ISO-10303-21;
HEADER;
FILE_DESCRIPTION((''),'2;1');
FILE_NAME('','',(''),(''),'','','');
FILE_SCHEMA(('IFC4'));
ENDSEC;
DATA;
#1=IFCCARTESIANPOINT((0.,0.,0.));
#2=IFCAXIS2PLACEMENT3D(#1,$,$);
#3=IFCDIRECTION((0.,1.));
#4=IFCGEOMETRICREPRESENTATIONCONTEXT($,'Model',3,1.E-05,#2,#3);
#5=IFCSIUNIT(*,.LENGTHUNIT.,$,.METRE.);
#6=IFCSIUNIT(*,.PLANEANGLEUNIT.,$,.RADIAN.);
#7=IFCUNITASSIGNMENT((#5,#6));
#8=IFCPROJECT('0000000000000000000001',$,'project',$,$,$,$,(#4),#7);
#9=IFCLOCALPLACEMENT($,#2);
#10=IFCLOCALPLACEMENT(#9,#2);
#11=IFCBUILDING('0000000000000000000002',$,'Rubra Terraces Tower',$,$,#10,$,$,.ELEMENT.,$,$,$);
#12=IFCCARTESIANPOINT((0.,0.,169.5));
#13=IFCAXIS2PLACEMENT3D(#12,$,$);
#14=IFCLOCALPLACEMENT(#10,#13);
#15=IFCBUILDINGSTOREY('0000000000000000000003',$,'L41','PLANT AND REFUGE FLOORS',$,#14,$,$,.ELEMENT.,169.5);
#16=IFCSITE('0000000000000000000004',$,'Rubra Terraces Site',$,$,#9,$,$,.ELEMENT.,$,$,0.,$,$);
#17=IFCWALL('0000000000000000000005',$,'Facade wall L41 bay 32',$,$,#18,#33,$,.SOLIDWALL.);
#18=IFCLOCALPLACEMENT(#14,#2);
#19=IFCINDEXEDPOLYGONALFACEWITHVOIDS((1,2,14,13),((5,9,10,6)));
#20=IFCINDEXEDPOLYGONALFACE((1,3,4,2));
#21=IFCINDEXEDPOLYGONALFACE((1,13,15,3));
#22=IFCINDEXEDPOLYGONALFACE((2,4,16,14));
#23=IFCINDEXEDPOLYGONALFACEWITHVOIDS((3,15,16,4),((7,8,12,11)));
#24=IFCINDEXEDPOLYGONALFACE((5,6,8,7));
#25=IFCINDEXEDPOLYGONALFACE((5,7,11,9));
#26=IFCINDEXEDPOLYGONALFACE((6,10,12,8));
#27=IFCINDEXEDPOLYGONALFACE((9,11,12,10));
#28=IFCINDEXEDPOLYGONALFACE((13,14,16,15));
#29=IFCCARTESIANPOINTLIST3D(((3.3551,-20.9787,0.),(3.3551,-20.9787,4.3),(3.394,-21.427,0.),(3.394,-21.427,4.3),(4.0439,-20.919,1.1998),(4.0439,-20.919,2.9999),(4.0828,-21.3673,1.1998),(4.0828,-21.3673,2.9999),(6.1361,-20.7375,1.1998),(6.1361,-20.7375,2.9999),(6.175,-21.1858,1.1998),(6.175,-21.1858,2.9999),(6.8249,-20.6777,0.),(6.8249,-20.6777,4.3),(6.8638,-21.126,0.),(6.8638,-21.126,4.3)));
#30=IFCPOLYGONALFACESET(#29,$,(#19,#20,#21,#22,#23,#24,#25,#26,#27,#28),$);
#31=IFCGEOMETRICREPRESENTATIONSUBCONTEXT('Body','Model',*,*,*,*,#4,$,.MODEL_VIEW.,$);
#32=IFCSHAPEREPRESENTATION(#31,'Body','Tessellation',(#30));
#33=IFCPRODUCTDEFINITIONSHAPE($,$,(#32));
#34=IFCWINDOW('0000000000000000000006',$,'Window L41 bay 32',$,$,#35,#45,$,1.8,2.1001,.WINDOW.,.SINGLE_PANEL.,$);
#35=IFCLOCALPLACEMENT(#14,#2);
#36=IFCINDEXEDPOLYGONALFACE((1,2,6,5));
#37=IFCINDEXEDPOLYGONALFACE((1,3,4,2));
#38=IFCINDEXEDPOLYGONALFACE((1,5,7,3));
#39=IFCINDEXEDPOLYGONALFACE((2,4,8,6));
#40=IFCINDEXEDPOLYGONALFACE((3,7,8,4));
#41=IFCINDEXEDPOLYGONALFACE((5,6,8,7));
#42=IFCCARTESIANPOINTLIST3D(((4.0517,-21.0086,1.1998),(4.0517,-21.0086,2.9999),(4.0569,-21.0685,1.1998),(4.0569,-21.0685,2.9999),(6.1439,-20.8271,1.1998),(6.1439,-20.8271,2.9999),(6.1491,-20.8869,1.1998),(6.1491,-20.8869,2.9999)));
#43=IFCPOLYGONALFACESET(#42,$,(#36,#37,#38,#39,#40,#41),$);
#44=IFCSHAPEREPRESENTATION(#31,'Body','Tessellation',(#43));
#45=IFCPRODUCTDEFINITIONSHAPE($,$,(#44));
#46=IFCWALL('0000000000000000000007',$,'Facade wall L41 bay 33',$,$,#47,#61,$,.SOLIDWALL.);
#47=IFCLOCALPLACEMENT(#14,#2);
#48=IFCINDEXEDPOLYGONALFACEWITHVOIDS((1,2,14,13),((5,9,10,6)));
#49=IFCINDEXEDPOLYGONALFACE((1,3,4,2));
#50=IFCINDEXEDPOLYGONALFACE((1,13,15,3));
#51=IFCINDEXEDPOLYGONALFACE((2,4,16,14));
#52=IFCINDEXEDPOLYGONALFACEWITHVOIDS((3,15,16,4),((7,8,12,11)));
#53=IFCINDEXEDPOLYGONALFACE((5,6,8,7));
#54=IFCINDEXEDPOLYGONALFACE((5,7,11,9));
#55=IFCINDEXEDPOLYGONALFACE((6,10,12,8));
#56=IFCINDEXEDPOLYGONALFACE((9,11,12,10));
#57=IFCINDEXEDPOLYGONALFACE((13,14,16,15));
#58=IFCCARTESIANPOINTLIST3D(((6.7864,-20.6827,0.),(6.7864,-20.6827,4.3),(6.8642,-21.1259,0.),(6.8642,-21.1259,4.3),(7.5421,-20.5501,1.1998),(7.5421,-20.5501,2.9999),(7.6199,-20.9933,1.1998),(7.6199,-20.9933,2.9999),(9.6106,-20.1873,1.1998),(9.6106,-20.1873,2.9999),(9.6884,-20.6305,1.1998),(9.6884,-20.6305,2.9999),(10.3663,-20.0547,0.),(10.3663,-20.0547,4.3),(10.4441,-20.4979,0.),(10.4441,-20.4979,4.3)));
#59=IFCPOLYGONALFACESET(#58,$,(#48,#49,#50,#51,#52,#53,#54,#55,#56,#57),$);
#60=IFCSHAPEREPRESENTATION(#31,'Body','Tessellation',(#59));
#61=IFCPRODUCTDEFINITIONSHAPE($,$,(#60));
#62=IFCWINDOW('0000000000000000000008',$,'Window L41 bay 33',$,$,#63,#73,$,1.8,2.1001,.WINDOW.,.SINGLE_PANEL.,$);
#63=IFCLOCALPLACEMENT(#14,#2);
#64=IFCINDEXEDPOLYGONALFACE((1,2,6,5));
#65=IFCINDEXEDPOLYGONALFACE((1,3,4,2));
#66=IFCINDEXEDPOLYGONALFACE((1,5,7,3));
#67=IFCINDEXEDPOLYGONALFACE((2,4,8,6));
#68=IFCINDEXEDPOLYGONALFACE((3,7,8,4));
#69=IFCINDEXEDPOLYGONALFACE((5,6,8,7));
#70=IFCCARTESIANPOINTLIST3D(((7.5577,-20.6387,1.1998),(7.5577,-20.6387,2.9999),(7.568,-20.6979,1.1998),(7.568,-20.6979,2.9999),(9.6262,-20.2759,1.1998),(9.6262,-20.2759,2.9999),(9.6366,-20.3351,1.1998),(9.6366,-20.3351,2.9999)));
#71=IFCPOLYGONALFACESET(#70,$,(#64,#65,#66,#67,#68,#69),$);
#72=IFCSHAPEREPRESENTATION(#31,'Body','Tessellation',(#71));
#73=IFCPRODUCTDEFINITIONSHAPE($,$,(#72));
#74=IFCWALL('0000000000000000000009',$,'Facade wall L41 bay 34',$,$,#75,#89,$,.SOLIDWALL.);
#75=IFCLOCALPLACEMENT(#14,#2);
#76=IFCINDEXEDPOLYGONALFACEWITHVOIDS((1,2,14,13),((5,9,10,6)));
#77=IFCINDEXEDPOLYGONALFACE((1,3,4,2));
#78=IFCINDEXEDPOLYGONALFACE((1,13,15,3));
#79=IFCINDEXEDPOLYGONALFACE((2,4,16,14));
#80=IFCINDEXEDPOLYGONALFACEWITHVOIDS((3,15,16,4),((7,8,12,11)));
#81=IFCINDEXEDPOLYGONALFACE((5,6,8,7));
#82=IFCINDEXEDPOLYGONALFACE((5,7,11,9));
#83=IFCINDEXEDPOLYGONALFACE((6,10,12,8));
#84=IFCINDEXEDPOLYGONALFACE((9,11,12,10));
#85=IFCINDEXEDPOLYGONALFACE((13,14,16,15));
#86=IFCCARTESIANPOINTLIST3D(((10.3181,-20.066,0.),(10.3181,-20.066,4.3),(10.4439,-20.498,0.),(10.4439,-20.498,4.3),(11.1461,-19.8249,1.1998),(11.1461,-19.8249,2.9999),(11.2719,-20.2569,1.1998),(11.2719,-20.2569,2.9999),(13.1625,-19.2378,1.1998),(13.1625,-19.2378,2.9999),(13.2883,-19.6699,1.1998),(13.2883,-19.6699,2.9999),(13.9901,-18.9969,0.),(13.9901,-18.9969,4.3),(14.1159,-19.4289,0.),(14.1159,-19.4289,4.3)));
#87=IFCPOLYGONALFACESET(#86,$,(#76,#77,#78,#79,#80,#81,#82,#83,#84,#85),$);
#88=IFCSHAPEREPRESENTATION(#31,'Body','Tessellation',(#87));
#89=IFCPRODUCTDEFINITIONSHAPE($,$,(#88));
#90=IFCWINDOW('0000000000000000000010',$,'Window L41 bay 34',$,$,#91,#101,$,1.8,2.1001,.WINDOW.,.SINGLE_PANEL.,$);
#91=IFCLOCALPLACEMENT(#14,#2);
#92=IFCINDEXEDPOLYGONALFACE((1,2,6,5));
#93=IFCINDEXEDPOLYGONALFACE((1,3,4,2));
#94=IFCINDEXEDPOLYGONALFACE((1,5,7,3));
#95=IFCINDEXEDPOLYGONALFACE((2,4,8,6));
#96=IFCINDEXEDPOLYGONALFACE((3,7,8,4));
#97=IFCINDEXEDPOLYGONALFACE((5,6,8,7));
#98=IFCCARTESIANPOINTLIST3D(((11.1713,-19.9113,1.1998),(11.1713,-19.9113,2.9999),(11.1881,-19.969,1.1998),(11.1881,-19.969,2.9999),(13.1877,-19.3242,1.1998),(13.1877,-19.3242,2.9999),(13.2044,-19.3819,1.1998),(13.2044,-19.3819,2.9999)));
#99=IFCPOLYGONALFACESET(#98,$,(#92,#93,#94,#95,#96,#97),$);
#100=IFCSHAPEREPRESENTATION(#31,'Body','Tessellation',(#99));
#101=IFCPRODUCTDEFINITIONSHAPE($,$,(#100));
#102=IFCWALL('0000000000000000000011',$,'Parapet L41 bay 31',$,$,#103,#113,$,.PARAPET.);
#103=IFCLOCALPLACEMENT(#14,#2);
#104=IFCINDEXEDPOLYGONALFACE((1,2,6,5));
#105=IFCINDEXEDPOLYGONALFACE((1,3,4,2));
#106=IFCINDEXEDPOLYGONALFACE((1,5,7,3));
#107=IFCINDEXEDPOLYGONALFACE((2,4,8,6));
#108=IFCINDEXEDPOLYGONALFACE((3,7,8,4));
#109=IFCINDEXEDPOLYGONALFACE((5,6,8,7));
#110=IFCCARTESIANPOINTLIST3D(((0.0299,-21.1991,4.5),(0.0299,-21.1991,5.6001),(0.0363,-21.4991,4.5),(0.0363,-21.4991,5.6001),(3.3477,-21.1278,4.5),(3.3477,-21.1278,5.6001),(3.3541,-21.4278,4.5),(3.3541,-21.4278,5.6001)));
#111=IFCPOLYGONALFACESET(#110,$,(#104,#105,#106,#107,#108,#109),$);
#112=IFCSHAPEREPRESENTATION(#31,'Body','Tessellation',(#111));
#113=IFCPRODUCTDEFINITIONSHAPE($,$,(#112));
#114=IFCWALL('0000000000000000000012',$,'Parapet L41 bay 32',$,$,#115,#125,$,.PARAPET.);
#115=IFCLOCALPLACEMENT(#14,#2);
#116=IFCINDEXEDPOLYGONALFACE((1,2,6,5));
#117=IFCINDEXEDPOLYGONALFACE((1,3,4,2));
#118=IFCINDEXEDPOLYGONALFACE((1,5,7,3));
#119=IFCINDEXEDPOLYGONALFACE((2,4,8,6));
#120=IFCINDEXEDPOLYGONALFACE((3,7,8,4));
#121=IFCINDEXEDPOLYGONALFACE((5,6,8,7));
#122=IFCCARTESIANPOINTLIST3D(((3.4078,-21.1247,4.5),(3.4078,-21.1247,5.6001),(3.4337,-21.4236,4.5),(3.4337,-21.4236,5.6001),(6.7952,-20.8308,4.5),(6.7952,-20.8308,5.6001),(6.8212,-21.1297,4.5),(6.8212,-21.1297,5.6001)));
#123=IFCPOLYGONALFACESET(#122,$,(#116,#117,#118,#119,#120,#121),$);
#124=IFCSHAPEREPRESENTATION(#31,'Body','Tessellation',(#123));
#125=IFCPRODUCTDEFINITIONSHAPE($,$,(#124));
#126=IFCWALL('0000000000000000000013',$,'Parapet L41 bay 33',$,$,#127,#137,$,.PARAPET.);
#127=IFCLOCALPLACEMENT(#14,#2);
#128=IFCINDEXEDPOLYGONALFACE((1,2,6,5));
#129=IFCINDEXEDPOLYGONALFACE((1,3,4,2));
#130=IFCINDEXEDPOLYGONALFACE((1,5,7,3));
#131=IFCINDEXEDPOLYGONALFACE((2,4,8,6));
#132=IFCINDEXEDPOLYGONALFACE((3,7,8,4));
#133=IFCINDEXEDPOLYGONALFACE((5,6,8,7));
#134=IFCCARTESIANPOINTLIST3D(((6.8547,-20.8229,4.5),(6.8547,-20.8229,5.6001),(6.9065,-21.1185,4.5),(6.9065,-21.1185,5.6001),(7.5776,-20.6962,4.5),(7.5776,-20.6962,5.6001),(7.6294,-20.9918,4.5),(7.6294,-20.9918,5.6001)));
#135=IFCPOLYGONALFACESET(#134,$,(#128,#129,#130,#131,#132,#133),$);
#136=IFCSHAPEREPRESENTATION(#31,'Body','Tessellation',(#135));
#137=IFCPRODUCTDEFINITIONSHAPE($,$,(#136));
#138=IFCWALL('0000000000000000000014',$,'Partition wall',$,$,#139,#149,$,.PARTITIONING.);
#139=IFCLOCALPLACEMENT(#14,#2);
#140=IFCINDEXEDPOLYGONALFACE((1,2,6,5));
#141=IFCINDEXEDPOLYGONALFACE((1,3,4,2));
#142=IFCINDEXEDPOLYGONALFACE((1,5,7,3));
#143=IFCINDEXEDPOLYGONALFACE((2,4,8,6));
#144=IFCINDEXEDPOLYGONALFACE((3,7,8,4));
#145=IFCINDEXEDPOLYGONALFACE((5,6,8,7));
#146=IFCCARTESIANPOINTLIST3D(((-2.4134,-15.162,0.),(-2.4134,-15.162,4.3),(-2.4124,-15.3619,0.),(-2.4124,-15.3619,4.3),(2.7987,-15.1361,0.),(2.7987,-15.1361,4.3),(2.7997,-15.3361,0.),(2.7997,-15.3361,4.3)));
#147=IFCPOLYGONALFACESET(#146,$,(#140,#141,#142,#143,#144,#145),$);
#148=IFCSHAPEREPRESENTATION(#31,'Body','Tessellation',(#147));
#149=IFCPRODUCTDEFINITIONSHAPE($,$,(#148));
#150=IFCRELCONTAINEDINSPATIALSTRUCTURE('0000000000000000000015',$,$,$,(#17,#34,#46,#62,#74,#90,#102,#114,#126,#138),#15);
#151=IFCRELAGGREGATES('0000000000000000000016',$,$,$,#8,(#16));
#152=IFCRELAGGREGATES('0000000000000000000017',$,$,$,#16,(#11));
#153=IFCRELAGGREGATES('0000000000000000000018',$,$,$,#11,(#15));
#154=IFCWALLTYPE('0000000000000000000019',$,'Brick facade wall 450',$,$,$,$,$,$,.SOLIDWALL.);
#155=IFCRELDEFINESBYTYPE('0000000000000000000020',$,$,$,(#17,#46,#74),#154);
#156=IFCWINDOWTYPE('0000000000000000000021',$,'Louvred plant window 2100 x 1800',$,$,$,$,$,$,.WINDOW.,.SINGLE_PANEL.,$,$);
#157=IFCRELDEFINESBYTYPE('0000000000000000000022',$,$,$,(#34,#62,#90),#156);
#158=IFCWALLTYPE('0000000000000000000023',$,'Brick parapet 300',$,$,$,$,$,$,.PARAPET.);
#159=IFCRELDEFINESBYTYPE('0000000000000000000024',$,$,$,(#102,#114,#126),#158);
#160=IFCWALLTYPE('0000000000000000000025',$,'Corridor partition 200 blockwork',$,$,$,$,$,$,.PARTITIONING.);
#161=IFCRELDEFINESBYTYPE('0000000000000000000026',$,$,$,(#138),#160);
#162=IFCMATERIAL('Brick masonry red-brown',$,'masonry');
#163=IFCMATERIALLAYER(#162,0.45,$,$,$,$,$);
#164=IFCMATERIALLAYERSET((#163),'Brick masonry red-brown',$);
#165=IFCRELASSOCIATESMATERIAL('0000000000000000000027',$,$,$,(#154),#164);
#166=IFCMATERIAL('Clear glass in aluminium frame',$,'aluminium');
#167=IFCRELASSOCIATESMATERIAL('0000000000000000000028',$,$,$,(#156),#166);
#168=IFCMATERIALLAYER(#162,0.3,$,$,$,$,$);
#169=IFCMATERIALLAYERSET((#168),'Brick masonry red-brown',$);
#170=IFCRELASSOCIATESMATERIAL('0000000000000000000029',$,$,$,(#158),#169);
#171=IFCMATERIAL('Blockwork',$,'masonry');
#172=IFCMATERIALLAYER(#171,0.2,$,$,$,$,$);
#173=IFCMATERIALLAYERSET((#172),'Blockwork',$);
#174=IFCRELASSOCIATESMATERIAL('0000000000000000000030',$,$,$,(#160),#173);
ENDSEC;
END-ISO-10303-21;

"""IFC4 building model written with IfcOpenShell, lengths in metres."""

from ifc_helpers import new_model, si_unit, direction, frame, frame_2d, origin, place, context, subcontext, project, spatial, rectangle, extrude, material, layer, layer_set, type_object, element, fill, save


model = new_model("IFC4")

# Units and contexts
model_context = context("Model", 3, precision=1e-05, world=origin(), true_north=direction((0.0, 1.0)))
body_context = subcontext(model_context, "Body", "Model", "MODEL_VIEW")
ifc_project = project(units=[si_unit("LENGTHUNIT", "METRE"), si_unit("PLANEANGLEUNIT", "RADIAN")], contexts=[model_context])

# Site, building, storey
site_placement = place(None, origin())
site = spatial("IfcSite", under=ifc_project, at=site_placement, Name="Rubra Terraces Site", CompositionType="ELEMENT", RefElevation=0.0)
building_placement = place(site_placement, origin())
building = spatial("IfcBuilding", under=site, at=building_placement, Name="Rubra Terraces Tower", CompositionType="ELEMENT")
storey_placement = place(building_placement, frame((0.0, 0.0, 169.5)))
storey = spatial("IfcBuildingStorey", under=building, at=storey_placement, Name="L41", Description="PLANT AND REFUGE FLOORS", CompositionType="ELEMENT", Elevation=169.5)

# Walls, openings, windows
ifc_material_1 = material(Name="Brick masonry red-brown", Category="masonry")
ifc_layer_1 = layer(ifc_material_1, 0.45)
ifc_layer_set_1 = layer_set([ifc_layer_1], Name="Brick masonry red-brown")
wall_type_1 = type_object("IfcWallType", Name="Brick facade wall 450", PredefinedType="SOLIDWALL", material=ifc_layer_set_1)
wall_1_placement = place(storey_placement, frame((3.3745, -21.2029, 0.0), z_axis=(0.0, 0.0, 1.0), x_axis=(0.996258, 0.086427, 0.0)))
wall_1 = element("IfcWall", 1, at=wall_1_placement, inside=storey, type_object=wall_type_1, Name="Facade wall L41 bay 32", PredefinedType="SOLIDWALL", context=body_context, shape_type="SweptSolid", body=[
    extrude(rectangle(XDim=3.4829, YDim=0.45, at=frame_2d((1.7415, 0.0))), origin(), (0.0, 0.0, 1.0), 4.3),
])
opening_1_placement = place(wall_1_placement, frame((0.6914, 0.0, 1.2)))
opening_1 = element("IfcOpeningElement", 2, at=opening_1_placement, cuts=wall_1, PredefinedType="OPENING", context=body_context, shape_type="SweptSolid", body=[
    extrude(rectangle(XDim=2.1001, YDim=1.8, at=frame_2d((1.05, 0.8999))), frame((0.0, 0.2349, 0.0), z_axis=(0.0, -1.0, 0.0), x_axis=(1.0, 0.0, 0.0)), (0.0, 0.0, 1.0), 0.47),
])
ifc_material_2 = material(Name="Clear glass in aluminium frame", Category="aluminium")
window_type = type_object("IfcWindowType", Name="Louvred plant window 2100 x 1800", PartitioningType="SINGLE_PANEL", PredefinedType="WINDOW", material=ifc_material_2)
window_1_placement = place(opening_1_placement, origin())
window_1 = element("IfcWindow", 3, at=window_1_placement, inside=storey, type_object=window_type, Name="Window L41 bay 32", OverallHeight=1.8, OverallWidth=2.1001, PartitioningType="SINGLE_PANEL", PredefinedType="WINDOW", context=body_context, shape_type="SweptSolid", body=[
    extrude(rectangle(XDim=2.1001, YDim=1.8, at=frame_2d((1.05, 0.8999))), frame((0.0, 0.135, 0.0), z_axis=(0.0, -1.0, 0.0), x_axis=(1.0, 0.0, 0.0)), (0.0, 0.0, 1.0), 0.0601),
])
fill(opening_1, window_1)
wall_2_placement = place(storey_placement, frame((6.8252, -20.9043, 0.0), z_axis=(0.0, 0.0, 1.0), x_axis=(0.984962, 0.17277, 0.0)))
wall_2 = element("IfcWall", 4, at=wall_2_placement, inside=storey, type_object=wall_type_1, Name="Facade wall L41 bay 33", PredefinedType="SOLIDWALL", context=body_context, shape_type="SweptSolid", body=[
    extrude(rectangle(XDim=3.6345, YDim=0.45, at=frame_2d((1.8174, 0.0))), origin(), (0.0, 0.0, 1.0), 4.3),
])
opening_2_placement = place(wall_2_placement, frame((0.7673, 0.0, 1.2)))
opening_2 = element("IfcOpeningElement", 5, at=opening_2_placement, cuts=wall_2, PredefinedType="OPENING", context=body_context, shape_type="SweptSolid", body=[
    extrude(rectangle(XDim=2.1001, YDim=1.8, at=frame_2d((1.05, 0.8999))), frame((0.0, 0.2349, 0.0), z_axis=(0.0, -1.0, 0.0), x_axis=(1.0, 0.0, 0.0)), (0.0, 0.0, 1.0), 0.47),
])
window_2_placement = place(opening_2_placement, origin())
window_2 = element("IfcWindow", 6, at=window_2_placement, inside=storey, type_object=window_type, Name="Window L41 bay 33", OverallHeight=1.8, OverallWidth=2.1001, PartitioningType="SINGLE_PANEL", PredefinedType="WINDOW", context=body_context, shape_type="SweptSolid", body=[
    extrude(rectangle(XDim=2.1001, YDim=1.8, at=frame_2d((1.05, 0.8999))), frame((0.0, 0.135, 0.0), z_axis=(0.0, -1.0, 0.0), x_axis=(1.0, 0.0, 0.0)), (0.0, 0.0, 1.0), 0.0601),
])
fill(opening_2, window_2)
wall_3_placement = place(storey_placement, frame((10.3811, -20.282, 0.0), z_axis=(0.0, 0.0, 1.0), x_axis=(0.960131, 0.279549, 0.0)))
wall_3 = element("IfcWall", 7, at=wall_3_placement, inside=storey, type_object=wall_type_1, Name="Facade wall L41 bay 34", PredefinedType="SOLIDWALL", context=body_context, shape_type="SweptSolid", body=[
    extrude(rectangle(XDim=3.8245, YDim=0.45, at=frame_2d((1.9121, 0.0))), origin(), (0.0, 0.0, 1.0), 4.3),
])
opening_3_placement = place(wall_3_placement, frame((0.8623, 0.0, 1.2)))
opening_3 = element("IfcOpeningElement", 8, at=opening_3_placement, cuts=wall_3, PredefinedType="OPENING", context=body_context, shape_type="SweptSolid", body=[
    extrude(rectangle(XDim=2.1001, YDim=1.8, at=frame_2d((1.05, 0.8999))), frame((0.0, 0.2349, 0.0), z_axis=(0.0, -1.0, 0.0), x_axis=(1.0, 0.0, 0.0)), (0.0, 0.0, 1.0), 0.47),
])
window_3_placement = place(opening_3_placement, origin())
window_3 = element("IfcWindow", 9, at=window_3_placement, inside=storey, type_object=window_type, Name="Window L41 bay 34", OverallHeight=1.8, OverallWidth=2.1001, PartitioningType="SINGLE_PANEL", PredefinedType="WINDOW", context=body_context, shape_type="SweptSolid", body=[
    extrude(rectangle(XDim=2.1001, YDim=1.8, at=frame_2d((1.05, 0.8999))), frame((0.0, 0.135, 0.0), z_axis=(0.0, -1.0, 0.0), x_axis=(1.0, 0.0, 0.0)), (0.0, 0.0, 1.0), 0.0601),
])
fill(opening_3, window_3)

# Walls
ifc_layer_2 = layer(ifc_material_1, 0.3)
ifc_layer_set_2 = layer_set([ifc_layer_2], Name="Brick masonry red-brown")
wall_type_2 = type_object("IfcWallType", Name="Brick parapet 300", PredefinedType="PARAPET", material=ifc_layer_set_2)
wall_4_placement = place(storey_placement, frame((0.0332, -21.3491, 4.5), z_axis=(0.0, 0.0, 1.0), x_axis=(0.999769, 0.021481, 0.0)))
element("IfcWall", 10, at=wall_4_placement, inside=storey, type_object=wall_type_2, Name="Parapet L41 bay 31", PredefinedType="PARAPET", context=body_context, shape_type="SweptSolid", body=[
    extrude(rectangle(XDim=3.3186, YDim=0.3, at=frame_2d((1.6592, 0.0))), origin(), (0.0, 0.0, 1.0), 1.1001),
])
wall_5_placement = place(storey_placement, frame((3.4207, -21.2742, 4.5), z_axis=(0.0, 0.0, 1.0), x_axis=(0.996256, 0.08645, 0.0)))
element("IfcWall", 11, at=wall_5_placement, inside=storey, type_object=wall_type_2, Name="Parapet L41 bay 32", PredefinedType="PARAPET", context=body_context, shape_type="SweptSolid", body=[
    extrude(rectangle(XDim=3.4001, YDim=0.3, at=frame_2d((1.7002, 0.0))), origin(), (0.0, 0.0, 1.0), 1.1001),
])
wall_6_placement = place(storey_placement, frame((6.8806, -20.9707, 4.5), z_axis=(0.0, 0.0, 1.0), x_axis=(0.984984, 0.172647, 0.0)))
element("IfcWall", 12, at=wall_6_placement, inside=storey, type_object=wall_type_2, Name="Parapet L41 bay 33", PredefinedType="PARAPET", context=body_context, shape_type="SweptSolid", body=[
    extrude(rectangle(XDim=0.7339, YDim=0.3, at=frame_2d((0.3669, 0.0))), origin(), (0.0, 0.0, 1.0), 1.1001),
])
ifc_material_3 = material(Name="Blockwork", Category="masonry")
ifc_layer_3 = layer(ifc_material_3, 0.2)
ifc_layer_set_3 = layer_set([ifc_layer_3], Name="Blockwork")
wall_type_3 = type_object("IfcWallType", Name="Corridor partition 200 blockwork", PredefinedType="PARTITIONING", material=ifc_layer_set_3)
wall_7_placement = place(storey_placement, frame((2.7991, -15.2361, 0.0), z_axis=(0.0, 0.0, 1.0), x_axis=(-0.999988, -0.004965, 0.0)))
element("IfcWall", 13, at=wall_7_placement, inside=storey, type_object=wall_type_3, Name="Partition wall", PredefinedType="PARTITIONING", context=body_context, shape_type="SweptSolid", body=[
    extrude(rectangle(XDim=5.2122, YDim=0.2, at=frame_2d((2.606, 0.0))), origin(), (0.0, 0.0, 1.0), 4.3),
])

save(model, "model.ifc")
